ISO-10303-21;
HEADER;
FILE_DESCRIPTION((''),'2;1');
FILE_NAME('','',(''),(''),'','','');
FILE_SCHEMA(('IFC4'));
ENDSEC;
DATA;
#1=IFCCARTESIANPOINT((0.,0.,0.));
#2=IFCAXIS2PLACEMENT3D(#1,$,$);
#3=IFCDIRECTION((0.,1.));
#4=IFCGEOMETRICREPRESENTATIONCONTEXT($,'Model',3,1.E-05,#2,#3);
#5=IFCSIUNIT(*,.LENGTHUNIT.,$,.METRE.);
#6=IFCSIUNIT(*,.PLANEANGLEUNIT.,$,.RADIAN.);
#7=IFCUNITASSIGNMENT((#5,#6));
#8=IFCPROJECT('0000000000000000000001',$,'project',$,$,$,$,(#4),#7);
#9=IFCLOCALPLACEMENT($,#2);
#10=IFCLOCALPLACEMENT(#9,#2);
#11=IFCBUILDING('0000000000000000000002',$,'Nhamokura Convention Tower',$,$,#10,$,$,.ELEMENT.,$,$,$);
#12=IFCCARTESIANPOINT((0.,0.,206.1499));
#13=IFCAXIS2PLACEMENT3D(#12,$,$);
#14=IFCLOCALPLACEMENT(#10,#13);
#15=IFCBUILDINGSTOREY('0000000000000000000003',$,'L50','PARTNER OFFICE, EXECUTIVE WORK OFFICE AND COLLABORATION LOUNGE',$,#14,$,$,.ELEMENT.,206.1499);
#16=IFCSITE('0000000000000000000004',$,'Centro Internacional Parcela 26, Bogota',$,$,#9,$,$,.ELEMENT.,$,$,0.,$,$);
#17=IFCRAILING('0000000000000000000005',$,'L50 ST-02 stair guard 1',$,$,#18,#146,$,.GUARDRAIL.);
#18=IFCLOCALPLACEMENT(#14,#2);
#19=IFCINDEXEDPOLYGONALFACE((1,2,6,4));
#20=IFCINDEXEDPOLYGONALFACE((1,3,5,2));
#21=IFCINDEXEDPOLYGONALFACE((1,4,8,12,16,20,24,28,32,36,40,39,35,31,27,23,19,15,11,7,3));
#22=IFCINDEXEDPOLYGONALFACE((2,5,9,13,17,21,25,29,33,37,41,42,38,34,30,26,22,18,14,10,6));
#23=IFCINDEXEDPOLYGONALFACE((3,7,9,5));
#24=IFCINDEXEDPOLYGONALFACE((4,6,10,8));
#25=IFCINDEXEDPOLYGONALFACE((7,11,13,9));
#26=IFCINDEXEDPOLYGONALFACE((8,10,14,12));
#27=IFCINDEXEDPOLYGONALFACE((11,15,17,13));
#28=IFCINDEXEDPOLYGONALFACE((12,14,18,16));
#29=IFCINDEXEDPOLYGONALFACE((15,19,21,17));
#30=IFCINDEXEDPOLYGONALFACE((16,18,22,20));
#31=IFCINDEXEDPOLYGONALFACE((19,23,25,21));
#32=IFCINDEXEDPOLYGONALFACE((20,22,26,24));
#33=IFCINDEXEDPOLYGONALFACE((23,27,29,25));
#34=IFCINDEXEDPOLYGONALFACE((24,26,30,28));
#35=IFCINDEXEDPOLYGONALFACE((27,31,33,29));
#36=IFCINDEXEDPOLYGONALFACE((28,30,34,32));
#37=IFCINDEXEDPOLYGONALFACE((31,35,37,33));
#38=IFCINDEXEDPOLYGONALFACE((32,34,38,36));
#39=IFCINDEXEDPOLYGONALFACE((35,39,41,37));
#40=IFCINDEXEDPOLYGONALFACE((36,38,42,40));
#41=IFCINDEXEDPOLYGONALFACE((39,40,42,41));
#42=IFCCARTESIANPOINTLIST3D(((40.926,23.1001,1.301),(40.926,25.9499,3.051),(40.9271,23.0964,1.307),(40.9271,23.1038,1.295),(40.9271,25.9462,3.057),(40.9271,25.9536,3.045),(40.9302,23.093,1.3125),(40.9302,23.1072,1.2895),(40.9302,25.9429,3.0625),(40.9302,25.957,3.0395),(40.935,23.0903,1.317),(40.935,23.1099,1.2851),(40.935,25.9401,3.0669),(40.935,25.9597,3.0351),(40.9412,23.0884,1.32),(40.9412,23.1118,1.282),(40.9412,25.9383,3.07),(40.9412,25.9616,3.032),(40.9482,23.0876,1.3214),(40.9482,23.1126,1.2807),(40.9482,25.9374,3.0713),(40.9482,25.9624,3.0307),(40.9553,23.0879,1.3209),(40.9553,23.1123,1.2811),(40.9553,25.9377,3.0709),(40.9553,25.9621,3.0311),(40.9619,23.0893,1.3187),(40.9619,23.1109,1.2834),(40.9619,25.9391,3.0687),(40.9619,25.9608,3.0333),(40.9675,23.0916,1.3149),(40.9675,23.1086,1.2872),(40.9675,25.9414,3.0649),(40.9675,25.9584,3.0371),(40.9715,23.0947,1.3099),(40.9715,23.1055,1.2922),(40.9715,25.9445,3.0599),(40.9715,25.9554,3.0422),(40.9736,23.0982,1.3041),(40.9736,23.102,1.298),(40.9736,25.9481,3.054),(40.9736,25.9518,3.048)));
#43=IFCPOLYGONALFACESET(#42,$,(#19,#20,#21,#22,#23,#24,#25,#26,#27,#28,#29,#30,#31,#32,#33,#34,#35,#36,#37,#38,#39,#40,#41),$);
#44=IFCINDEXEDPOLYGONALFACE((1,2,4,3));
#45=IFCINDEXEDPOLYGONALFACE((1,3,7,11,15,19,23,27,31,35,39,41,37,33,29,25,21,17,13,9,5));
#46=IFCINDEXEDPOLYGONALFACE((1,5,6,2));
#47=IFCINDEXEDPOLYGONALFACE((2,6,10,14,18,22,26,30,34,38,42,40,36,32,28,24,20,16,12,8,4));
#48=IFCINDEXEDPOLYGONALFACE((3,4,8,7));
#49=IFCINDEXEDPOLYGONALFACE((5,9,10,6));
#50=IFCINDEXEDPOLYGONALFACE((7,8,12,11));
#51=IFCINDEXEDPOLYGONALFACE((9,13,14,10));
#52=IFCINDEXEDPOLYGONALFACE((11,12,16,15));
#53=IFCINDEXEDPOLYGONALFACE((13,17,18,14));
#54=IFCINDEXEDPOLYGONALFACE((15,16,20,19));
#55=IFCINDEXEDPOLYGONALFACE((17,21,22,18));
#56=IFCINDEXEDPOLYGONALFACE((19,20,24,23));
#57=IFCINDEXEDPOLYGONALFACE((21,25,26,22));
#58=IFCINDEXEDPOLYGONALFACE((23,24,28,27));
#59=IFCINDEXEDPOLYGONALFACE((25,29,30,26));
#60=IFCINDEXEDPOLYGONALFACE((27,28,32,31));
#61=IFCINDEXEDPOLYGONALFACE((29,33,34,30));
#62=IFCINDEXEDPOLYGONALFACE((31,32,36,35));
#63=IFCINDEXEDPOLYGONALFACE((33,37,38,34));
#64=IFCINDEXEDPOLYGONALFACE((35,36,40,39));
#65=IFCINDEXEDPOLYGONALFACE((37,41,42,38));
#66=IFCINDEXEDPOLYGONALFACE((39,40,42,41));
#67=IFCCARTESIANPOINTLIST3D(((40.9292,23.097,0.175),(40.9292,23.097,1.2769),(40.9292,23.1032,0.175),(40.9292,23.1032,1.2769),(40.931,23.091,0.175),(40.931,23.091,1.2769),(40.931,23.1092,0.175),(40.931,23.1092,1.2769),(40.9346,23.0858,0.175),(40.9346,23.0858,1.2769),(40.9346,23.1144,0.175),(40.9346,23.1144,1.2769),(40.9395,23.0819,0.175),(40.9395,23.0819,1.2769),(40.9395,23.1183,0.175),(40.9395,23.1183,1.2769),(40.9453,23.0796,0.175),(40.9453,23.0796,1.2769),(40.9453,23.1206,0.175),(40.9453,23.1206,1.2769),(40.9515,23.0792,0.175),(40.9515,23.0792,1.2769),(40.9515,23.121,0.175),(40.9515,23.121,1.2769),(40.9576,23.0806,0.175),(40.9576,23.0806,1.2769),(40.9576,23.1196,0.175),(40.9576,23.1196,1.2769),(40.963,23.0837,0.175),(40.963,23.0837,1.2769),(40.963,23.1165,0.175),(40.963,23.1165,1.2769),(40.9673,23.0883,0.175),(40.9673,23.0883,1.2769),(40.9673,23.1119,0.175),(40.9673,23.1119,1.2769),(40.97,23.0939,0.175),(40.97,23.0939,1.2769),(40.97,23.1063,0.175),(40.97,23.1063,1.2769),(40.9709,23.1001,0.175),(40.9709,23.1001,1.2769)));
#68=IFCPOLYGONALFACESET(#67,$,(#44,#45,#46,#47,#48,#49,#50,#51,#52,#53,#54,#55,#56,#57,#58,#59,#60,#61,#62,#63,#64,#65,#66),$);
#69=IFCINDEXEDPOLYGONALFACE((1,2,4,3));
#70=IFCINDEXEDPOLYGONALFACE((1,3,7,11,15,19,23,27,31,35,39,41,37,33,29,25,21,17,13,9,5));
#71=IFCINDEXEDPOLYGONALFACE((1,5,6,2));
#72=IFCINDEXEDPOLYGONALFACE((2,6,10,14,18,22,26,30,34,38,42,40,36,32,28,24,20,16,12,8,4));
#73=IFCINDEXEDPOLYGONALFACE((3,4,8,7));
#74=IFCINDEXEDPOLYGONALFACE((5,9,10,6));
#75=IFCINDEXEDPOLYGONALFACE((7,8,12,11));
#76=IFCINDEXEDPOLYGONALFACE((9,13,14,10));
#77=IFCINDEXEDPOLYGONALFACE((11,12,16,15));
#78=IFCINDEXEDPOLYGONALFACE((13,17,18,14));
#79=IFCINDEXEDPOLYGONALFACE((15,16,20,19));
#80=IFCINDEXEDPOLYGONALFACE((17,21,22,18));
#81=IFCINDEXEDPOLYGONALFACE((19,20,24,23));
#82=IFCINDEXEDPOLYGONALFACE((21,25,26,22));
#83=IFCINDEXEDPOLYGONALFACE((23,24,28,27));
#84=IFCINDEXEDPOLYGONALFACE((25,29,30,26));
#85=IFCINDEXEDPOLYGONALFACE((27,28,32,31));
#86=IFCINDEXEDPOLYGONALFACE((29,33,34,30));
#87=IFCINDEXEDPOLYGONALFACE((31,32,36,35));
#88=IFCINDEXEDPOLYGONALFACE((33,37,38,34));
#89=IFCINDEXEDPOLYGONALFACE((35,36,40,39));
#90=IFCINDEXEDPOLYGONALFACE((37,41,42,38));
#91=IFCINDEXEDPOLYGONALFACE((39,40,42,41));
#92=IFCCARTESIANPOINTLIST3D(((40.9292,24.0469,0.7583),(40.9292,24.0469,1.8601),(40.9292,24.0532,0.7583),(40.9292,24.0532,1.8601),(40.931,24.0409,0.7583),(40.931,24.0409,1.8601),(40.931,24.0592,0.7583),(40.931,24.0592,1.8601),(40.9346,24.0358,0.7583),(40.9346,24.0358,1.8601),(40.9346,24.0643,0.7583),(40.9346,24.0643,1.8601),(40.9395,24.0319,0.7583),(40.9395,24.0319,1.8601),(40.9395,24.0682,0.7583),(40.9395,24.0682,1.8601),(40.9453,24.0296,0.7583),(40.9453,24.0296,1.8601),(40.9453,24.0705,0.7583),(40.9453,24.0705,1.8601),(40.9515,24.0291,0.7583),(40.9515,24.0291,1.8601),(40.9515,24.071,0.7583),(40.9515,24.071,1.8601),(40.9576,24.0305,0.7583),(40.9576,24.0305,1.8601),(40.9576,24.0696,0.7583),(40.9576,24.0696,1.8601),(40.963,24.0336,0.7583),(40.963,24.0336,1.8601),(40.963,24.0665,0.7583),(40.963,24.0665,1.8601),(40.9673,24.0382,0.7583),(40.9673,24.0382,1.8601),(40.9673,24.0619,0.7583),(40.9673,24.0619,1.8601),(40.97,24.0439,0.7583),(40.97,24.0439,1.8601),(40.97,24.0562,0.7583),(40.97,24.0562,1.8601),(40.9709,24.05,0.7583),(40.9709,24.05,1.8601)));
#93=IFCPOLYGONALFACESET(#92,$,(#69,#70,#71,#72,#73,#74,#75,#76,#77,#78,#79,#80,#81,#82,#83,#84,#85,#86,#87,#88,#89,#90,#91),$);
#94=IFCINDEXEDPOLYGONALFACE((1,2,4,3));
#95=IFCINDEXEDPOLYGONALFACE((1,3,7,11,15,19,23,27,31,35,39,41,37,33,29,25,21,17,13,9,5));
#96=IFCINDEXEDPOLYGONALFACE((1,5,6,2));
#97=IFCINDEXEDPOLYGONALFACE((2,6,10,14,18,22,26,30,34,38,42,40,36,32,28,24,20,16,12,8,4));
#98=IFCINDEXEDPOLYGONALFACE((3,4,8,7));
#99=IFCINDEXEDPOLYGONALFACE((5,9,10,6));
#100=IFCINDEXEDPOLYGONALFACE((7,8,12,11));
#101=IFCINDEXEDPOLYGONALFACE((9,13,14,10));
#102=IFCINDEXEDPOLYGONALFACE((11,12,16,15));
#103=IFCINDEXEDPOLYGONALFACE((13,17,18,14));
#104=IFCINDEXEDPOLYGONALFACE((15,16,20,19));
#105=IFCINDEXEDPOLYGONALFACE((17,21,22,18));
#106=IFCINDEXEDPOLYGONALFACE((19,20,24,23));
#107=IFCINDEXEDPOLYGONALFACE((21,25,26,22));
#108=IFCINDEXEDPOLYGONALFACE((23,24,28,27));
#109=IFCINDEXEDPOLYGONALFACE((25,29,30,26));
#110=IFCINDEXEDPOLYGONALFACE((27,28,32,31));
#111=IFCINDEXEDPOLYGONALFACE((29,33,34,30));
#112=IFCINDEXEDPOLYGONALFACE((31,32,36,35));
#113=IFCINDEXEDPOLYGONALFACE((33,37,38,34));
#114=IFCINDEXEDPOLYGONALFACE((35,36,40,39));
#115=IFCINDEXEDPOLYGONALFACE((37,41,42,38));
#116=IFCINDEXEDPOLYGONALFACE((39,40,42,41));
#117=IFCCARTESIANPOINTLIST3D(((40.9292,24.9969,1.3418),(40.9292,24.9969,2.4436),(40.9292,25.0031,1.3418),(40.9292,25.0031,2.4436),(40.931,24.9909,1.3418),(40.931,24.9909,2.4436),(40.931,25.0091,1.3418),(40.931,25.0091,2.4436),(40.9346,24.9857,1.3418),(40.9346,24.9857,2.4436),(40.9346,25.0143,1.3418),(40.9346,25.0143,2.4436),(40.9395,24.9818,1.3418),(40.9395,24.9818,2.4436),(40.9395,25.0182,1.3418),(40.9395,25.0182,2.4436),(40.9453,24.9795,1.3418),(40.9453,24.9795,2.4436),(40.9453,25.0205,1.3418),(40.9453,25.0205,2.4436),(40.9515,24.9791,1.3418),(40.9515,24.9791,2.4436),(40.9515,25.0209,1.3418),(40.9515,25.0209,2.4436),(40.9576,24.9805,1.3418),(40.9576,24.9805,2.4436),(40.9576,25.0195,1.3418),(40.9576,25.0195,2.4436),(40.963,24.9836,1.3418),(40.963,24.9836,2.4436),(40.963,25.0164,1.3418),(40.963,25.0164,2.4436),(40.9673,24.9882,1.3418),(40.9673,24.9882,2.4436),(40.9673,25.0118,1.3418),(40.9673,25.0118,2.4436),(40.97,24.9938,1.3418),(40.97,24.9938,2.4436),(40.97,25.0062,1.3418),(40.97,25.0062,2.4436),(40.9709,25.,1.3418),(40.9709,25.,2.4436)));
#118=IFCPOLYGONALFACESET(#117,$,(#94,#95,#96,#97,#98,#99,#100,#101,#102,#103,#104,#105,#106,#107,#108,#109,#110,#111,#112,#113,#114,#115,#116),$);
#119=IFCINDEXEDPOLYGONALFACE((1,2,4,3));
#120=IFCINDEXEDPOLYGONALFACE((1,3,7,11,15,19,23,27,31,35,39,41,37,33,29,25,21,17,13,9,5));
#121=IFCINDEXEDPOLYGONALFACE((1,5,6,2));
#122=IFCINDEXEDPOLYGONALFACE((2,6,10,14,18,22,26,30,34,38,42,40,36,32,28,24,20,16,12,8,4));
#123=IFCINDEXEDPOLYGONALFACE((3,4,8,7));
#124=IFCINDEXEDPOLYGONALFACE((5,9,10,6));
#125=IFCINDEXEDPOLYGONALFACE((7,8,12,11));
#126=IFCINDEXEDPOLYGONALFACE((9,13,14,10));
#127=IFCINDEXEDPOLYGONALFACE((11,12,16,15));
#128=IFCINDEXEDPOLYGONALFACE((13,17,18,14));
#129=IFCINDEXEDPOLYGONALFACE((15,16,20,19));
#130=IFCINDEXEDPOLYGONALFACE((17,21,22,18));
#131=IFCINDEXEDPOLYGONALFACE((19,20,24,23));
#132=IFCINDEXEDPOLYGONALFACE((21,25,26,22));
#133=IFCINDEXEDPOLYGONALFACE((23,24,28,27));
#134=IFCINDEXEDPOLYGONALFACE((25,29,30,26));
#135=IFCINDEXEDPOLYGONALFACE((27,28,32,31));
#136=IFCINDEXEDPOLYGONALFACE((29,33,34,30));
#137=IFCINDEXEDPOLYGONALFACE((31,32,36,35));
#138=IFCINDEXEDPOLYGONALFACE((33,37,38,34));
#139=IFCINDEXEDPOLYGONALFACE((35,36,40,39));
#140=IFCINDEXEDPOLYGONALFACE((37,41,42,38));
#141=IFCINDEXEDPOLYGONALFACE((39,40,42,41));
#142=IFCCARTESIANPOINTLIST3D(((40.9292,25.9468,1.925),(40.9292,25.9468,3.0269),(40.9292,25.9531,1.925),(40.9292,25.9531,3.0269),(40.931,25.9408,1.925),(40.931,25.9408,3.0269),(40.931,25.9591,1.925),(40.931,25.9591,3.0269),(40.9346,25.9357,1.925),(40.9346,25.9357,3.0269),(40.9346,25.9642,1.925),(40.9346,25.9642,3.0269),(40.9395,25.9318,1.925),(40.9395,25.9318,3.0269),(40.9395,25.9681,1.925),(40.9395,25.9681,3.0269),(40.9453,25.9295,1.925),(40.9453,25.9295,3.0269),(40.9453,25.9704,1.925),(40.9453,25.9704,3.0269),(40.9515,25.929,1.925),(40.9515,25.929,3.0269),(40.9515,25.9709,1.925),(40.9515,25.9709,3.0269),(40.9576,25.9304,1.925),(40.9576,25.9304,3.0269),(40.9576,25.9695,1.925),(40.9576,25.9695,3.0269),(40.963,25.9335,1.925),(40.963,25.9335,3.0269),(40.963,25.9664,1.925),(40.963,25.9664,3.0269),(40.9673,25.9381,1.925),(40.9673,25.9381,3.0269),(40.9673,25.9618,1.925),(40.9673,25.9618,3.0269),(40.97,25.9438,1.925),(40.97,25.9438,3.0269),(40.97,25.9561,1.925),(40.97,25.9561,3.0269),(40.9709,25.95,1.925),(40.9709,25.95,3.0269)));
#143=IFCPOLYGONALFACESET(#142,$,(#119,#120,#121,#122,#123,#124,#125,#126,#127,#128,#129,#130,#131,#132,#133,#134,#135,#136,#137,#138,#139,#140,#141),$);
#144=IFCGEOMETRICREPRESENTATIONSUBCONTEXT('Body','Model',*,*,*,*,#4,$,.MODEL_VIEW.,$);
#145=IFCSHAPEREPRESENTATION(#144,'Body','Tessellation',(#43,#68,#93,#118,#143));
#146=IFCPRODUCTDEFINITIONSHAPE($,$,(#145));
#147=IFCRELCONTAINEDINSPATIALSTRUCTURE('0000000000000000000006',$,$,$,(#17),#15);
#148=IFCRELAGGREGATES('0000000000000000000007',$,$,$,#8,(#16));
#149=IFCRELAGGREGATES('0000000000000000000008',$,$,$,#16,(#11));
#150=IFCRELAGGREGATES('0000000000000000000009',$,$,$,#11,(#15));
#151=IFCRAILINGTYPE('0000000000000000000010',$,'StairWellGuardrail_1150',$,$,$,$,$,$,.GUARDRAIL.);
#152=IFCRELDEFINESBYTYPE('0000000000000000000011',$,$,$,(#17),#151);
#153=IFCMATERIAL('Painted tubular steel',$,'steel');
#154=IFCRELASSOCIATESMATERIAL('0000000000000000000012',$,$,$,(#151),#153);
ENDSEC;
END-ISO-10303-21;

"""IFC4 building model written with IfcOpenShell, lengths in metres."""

from ifc_helpers import new_model, si_unit, direction, frame, origin, origin_2d, place, context, subcontext, project, spatial, circle, extrude, material, type_object, element, save


model = new_model("IFC4")

# Units and contexts
model_context = context("Model", 3, precision=1e-05, world=origin(), true_north=direction((0.0, 1.0)))
body_context = subcontext(model_context, "Body", "Model", "MODEL_VIEW")
ifc_project = project(units=[si_unit("LENGTHUNIT", "METRE"), si_unit("PLANEANGLEUNIT", "RADIAN")], contexts=[model_context])

# Site, building, storey
site_placement = place(None, origin())
site = spatial("IfcSite", under=ifc_project, at=site_placement, Name="Centro Internacional Parcela 26, Bogota", CompositionType="ELEMENT", RefElevation=0.0)
building_placement = place(site_placement, origin())
building = spatial("IfcBuilding", under=site, at=building_placement, Name="Nhamokura Convention Tower", CompositionType="ELEMENT")
storey_placement = place(building_placement, frame((0.0, 0.0, 206.1499)))
storey = spatial("IfcBuildingStorey", under=building, at=storey_placement, Name="L50", Description="PARTNER OFFICE, EXECUTIVE WORK OFFICE AND COLLABORATION LOUNGE", CompositionType="ELEMENT", Elevation=206.1499)

# Railing
ifc_material_1 = material(Name="Painted tubular steel", Category="steel")
railing_type_1 = type_object("IfcRailingType", Name="StairWellGuardrail_1150", PredefinedType="GUARDRAIL", material=ifc_material_1)
railing_1_placement = place(storey_placement, frame((40.95, 23.1001, 0.175)))
element("IfcRailing", 1, at=railing_1_placement, inside=storey, type_object=railing_type_1, Name="L50 ST-02 stair guard 1", PredefinedType="GUARDRAIL", context=body_context, shape_type="SweptSolid", body=[
    extrude(circle(Radius=0.0239, at=origin_2d()), frame((0.0, 0.0, 1.126), z_axis=(0.0, 0.852159, 0.523283), x_axis=(-1.0, 0.0, 0.0)), (0.0, 0.0, 1.0), 3.3442),
    extrude(circle(Radius=0.021, at=origin_2d()), origin(), (0.0, 0.0, 1.0), 1.1018),
    extrude(circle(Radius=0.021, at=origin_2d()), frame((0.0, 0.95, 0.5833)), (0.0, 0.0, 1.0), 1.1018),
    extrude(circle(Radius=0.021, at=origin_2d()), frame((0.0, 1.8999, 1.1667)), (0.0, 0.0, 1.0), 1.1018),
    extrude(circle(Radius=0.021, at=origin_2d()), frame((0.0, 2.8499, 1.75)), (0.0, 0.0, 1.0), 1.1018),
])

save(model, "model.ifc")
